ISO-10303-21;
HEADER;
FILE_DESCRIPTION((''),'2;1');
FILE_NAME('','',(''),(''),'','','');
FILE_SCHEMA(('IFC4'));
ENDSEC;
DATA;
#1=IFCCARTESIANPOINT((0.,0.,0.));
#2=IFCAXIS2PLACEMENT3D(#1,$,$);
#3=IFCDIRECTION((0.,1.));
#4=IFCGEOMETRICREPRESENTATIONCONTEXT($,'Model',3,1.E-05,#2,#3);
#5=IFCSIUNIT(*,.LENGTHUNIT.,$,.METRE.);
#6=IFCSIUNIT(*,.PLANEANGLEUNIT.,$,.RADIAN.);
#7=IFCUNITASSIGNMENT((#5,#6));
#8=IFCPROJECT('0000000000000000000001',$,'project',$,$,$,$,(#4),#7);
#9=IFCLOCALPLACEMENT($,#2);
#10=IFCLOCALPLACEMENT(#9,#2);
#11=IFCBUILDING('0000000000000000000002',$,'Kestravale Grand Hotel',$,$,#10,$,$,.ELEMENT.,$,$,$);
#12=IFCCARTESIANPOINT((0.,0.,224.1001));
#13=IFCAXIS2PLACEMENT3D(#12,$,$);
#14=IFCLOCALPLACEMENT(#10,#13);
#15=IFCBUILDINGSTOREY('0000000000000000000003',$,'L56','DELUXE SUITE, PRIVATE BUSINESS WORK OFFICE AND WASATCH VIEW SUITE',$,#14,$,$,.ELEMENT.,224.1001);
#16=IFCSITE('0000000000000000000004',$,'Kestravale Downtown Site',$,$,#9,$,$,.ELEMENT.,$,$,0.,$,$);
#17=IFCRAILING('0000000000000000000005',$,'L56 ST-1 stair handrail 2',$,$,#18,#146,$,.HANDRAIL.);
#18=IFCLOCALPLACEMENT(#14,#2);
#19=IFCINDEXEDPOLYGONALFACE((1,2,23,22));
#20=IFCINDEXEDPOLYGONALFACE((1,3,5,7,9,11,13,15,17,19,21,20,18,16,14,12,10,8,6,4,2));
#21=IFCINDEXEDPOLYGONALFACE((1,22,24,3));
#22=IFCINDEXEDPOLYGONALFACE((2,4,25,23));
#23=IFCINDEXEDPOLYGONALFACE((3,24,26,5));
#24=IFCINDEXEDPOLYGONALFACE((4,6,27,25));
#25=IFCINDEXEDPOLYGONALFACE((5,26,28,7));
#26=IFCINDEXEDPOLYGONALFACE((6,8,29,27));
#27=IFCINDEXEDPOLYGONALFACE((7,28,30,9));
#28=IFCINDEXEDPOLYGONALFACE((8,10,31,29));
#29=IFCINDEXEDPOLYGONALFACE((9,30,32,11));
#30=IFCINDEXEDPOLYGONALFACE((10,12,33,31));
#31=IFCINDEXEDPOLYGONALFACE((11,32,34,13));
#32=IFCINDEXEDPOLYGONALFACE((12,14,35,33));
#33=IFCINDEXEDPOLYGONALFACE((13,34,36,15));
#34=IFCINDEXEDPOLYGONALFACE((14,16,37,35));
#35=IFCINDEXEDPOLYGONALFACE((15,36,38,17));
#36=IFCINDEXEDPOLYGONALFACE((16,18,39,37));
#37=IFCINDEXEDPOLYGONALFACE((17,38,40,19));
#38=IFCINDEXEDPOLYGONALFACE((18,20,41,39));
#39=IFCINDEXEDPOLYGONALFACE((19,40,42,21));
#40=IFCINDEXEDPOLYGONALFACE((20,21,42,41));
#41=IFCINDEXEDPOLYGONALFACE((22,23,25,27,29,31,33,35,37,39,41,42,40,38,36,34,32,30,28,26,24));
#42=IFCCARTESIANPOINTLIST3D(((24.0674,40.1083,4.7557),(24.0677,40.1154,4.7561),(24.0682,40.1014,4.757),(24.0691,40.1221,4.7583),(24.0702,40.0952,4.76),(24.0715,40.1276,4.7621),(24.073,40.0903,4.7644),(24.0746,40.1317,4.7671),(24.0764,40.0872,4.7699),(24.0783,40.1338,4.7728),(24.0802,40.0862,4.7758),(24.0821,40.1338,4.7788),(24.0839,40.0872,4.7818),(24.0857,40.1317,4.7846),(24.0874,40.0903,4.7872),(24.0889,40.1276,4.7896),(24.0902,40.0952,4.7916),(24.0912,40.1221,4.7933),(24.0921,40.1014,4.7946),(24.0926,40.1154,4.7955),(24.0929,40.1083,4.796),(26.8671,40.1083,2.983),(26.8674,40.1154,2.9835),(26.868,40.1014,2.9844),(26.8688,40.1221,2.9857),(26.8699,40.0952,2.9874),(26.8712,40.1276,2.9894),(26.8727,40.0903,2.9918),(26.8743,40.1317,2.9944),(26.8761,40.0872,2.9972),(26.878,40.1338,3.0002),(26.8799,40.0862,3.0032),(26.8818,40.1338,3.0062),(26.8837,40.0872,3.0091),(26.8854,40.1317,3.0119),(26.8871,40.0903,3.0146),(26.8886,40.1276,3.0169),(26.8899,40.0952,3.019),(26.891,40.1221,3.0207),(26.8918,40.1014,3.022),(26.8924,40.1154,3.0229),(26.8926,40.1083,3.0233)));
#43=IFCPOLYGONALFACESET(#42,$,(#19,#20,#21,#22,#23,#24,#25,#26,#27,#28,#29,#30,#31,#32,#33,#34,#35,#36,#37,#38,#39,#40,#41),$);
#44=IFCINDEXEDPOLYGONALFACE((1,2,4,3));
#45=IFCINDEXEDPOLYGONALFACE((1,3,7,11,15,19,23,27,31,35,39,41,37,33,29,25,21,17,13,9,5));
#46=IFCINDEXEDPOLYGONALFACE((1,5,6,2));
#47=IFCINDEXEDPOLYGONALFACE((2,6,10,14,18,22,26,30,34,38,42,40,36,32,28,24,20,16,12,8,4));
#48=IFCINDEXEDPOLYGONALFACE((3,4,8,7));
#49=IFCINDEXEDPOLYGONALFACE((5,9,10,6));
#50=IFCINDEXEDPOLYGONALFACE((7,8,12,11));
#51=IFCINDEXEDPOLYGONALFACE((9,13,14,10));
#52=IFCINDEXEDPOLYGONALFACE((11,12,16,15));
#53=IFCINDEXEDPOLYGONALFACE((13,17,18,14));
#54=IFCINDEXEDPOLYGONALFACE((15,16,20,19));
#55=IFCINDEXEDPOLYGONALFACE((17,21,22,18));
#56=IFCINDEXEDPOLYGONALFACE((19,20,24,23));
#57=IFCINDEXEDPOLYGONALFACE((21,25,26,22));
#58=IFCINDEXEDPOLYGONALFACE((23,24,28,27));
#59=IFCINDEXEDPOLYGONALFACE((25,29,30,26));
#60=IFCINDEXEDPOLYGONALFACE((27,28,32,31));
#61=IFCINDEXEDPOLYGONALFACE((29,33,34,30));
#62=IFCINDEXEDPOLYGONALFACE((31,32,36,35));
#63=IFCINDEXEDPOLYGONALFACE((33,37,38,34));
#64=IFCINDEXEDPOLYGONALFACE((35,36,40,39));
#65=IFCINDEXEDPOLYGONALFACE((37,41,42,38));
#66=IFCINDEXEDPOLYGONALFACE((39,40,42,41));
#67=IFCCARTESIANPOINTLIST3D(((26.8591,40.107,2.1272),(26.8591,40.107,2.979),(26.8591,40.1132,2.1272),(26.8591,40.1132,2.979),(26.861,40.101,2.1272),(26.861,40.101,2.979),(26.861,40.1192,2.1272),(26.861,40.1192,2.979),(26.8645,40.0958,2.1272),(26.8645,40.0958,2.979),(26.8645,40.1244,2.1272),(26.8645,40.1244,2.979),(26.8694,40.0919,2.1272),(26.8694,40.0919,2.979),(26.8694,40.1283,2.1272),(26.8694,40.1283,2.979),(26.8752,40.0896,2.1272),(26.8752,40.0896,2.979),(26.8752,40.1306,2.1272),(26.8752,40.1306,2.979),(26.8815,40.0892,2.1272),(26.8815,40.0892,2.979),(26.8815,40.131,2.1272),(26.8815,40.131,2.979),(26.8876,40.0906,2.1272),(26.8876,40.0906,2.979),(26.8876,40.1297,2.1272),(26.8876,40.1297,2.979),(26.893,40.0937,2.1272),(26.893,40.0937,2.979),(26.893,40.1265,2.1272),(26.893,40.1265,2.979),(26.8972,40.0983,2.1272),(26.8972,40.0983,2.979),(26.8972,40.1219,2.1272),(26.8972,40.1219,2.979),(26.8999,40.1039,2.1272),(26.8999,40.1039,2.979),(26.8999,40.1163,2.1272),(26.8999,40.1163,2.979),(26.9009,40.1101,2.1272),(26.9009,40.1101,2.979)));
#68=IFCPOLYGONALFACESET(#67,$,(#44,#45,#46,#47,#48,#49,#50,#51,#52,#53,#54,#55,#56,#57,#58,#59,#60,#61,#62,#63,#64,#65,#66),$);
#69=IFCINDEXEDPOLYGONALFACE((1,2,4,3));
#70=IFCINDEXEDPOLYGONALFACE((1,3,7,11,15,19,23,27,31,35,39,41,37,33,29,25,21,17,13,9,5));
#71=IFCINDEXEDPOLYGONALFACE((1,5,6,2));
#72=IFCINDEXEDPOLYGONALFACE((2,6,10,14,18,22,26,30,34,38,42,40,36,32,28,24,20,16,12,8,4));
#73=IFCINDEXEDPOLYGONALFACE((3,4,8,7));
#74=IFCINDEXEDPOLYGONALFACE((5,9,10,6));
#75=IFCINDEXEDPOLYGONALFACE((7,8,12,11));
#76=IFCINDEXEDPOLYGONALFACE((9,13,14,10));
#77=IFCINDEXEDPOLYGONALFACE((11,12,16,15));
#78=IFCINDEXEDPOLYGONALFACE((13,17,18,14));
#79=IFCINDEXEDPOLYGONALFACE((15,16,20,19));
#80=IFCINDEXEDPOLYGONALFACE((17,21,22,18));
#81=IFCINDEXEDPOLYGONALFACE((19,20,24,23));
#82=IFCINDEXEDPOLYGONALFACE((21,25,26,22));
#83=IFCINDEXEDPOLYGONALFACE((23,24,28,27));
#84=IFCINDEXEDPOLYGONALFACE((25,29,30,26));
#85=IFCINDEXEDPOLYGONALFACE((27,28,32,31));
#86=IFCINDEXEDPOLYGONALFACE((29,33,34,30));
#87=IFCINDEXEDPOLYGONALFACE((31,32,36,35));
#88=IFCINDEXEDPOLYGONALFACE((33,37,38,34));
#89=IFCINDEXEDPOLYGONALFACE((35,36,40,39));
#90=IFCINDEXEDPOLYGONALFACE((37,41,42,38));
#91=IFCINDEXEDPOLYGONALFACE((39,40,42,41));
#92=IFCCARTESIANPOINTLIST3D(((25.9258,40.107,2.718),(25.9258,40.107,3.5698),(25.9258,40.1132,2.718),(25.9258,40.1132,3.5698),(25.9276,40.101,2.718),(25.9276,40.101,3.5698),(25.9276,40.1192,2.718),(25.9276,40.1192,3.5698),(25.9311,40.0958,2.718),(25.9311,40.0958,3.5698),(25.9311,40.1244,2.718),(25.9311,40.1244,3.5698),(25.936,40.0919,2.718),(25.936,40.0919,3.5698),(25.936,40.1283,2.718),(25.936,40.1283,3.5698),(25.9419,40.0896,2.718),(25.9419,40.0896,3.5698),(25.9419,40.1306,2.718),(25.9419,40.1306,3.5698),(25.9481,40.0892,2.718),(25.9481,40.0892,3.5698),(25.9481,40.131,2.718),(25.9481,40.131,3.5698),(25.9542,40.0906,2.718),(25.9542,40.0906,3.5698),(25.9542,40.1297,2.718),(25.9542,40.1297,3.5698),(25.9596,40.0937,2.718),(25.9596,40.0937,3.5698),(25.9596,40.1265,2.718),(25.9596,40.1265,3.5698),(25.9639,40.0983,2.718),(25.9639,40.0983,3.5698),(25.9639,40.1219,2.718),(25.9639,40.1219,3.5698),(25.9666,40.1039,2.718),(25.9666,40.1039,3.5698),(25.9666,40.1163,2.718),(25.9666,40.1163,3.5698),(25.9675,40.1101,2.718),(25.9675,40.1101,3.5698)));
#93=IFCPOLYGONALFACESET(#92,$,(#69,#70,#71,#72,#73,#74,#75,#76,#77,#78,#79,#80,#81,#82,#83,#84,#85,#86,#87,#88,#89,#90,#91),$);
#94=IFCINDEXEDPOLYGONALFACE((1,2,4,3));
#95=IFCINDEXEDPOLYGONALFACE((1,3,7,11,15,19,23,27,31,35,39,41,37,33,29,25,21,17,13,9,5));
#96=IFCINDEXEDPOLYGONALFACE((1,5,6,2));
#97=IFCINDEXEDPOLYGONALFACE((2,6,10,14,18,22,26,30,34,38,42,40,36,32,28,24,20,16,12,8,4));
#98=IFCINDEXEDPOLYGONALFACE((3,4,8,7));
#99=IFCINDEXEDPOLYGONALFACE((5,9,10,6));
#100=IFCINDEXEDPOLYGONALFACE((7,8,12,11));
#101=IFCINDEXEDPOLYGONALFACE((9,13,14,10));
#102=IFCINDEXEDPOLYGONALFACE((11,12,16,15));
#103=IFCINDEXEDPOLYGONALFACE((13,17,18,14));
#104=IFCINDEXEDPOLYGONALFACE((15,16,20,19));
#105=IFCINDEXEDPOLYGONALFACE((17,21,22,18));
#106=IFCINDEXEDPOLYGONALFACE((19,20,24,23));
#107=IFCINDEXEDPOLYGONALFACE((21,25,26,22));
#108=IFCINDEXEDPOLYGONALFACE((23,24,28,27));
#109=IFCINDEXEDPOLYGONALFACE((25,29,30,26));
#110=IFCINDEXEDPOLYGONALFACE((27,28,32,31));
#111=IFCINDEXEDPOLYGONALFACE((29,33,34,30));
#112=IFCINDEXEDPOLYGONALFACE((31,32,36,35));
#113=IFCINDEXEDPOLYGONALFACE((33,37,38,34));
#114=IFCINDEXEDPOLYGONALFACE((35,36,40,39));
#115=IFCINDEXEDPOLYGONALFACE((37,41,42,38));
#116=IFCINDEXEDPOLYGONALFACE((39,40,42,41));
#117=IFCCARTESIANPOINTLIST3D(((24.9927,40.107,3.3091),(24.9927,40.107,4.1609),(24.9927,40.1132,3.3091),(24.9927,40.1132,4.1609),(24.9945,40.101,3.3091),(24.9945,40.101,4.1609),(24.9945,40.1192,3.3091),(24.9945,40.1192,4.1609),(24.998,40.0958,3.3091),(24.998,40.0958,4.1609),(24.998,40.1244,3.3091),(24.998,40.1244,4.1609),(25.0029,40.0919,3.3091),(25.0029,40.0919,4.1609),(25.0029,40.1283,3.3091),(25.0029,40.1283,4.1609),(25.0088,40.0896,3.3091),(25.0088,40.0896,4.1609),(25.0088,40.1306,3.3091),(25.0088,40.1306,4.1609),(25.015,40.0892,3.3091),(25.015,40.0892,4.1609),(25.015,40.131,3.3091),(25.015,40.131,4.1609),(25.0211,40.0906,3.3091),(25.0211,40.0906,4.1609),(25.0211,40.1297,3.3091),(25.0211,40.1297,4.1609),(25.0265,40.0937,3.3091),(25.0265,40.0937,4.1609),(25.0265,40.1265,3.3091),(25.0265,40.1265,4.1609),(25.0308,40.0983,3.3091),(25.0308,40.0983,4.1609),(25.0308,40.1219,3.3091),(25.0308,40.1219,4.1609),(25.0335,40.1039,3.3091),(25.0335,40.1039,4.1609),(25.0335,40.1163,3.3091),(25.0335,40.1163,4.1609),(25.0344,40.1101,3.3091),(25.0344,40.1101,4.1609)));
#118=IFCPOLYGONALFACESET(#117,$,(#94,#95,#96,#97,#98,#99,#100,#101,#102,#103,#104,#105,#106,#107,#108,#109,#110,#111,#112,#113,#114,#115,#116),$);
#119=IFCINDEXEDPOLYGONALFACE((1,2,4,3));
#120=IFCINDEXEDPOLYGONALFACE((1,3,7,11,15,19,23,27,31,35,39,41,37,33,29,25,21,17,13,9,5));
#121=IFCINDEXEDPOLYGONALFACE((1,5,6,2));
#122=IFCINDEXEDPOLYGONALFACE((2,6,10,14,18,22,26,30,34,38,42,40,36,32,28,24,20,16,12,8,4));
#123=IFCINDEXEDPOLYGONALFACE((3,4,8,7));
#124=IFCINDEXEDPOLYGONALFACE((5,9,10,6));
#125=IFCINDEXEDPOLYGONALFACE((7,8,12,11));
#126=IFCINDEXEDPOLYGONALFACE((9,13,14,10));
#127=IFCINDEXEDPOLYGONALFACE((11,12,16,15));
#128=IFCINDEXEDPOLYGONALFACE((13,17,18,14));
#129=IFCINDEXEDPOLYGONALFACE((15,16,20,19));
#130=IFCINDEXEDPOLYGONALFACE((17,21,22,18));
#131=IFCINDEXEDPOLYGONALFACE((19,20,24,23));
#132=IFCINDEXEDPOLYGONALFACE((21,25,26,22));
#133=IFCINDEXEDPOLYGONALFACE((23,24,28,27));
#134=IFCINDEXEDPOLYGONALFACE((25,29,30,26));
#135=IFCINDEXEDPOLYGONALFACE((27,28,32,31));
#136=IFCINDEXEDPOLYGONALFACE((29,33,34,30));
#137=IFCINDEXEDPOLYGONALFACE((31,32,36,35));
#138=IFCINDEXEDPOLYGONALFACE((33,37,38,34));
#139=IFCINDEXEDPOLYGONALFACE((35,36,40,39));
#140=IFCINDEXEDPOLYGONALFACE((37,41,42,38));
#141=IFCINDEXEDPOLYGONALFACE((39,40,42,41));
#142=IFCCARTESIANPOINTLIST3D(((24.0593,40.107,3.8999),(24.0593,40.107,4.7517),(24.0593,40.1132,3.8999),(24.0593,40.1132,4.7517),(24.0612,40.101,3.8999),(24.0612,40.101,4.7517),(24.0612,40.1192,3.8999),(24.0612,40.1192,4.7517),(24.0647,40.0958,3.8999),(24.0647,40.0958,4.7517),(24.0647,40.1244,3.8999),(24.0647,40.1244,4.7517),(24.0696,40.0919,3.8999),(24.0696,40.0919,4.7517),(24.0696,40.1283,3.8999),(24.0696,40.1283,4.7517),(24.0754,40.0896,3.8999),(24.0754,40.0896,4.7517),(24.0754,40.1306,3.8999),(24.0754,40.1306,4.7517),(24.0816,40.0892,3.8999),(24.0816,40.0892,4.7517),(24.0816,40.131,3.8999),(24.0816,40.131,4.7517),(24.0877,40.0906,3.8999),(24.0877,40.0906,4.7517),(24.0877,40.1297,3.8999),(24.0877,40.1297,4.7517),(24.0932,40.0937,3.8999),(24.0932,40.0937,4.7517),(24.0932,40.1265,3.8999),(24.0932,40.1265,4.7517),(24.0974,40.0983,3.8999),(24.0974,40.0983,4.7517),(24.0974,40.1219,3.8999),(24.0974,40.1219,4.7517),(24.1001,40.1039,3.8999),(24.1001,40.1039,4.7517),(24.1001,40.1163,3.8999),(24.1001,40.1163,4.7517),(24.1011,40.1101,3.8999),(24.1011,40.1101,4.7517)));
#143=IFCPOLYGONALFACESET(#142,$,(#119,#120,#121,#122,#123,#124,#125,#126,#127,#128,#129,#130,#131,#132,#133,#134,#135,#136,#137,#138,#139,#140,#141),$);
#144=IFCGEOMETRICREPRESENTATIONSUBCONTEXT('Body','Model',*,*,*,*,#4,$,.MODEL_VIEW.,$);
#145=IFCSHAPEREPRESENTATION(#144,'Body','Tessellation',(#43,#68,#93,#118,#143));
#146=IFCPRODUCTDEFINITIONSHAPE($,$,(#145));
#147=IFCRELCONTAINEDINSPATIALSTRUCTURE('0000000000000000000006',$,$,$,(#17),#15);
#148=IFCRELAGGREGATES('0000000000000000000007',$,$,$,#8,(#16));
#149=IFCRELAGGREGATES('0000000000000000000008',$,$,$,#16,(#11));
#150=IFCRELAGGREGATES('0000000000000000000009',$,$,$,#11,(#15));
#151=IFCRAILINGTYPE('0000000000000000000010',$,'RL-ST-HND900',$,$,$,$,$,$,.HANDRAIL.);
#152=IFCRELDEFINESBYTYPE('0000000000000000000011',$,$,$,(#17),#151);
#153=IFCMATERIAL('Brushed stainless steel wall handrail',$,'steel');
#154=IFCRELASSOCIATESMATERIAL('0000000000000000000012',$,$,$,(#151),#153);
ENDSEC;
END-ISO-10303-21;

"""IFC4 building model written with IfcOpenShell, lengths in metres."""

from ifc_helpers import new_model, si_unit, direction, frame, origin, origin_2d, place, context, subcontext, project, spatial, circle, extrude, material, type_object, element, save


model = new_model("IFC4")

# Units and contexts
model_context = context("Model", 3, precision=1e-05, world=origin(), true_north=direction((0.0, 1.0)))
body_context = subcontext(model_context, "Body", "Model", "MODEL_VIEW")
ifc_project = project(units=[si_unit("LENGTHUNIT", "METRE"), si_unit("PLANEANGLEUNIT", "RADIAN")], contexts=[model_context])

# Site, building, storey
site_placement = place(None, origin())
site = spatial("IfcSite", under=ifc_project, at=site_placement, Name="Kestravale Downtown Site", CompositionType="ELEMENT", RefElevation=0.0)
building_placement = place(site_placement, origin())
building = spatial("IfcBuilding", under=site, at=building_placement, Name="Kestravale Grand Hotel", CompositionType="ELEMENT")
storey_placement = place(building_placement, frame((0.0, 0.0, 224.1001)))
storey = spatial("IfcBuildingStorey", under=building, at=storey_placement, Name="L56", Description="DELUXE SUITE, PRIVATE BUSINESS WORK OFFICE AND WASATCH VIEW SUITE", CompositionType="ELEMENT", Elevation=224.1001)

# Railing
ifc_material_1 = material(Name="Brushed stainless steel wall handrail", Category="steel")
railing_type_1 = type_object("IfcRailingType", Name="RL-ST-HND900", PredefinedType="HANDRAIL", material=ifc_material_1)
railing_1_placement = place(storey_placement, frame((26.8799, 40.1101, 2.1272)))
element("IfcRailing", 1, at=railing_1_placement, inside=storey, type_object=railing_type_1, Name="L56 ST-1 stair handrail 2", PredefinedType="HANDRAIL", context=body_context, shape_type="SweptSolid", body=[
    extrude(circle(Radius=0.0239, at=origin_2d()), frame((0.0, 0.0, 0.876), z_axis=(-0.844888, 0.0, 0.534943), x_axis=(0.0, -1.0, 0.0)), (0.0, 0.0, 1.0), 3.3137),
    extrude(circle(Radius=0.021, at=origin_2d()), origin(), (0.0, 0.0, 1.0), 0.8518),
    extrude(circle(Radius=0.021, at=origin_2d()), frame((-0.9333, 0.0, 0.5908)), (0.0, 0.0, 1.0), 0.8518),
    extrude(circle(Radius=0.021, at=origin_2d()), frame((-1.8665, 0.0, 1.1819)), (0.0, 0.0, 1.0), 0.8518),
    extrude(circle(Radius=0.021, at=origin_2d()), frame((-2.7998, 0.0, 1.7727)), (0.0, 0.0, 1.0), 0.8518),
])

save(model, "model.ifc")
